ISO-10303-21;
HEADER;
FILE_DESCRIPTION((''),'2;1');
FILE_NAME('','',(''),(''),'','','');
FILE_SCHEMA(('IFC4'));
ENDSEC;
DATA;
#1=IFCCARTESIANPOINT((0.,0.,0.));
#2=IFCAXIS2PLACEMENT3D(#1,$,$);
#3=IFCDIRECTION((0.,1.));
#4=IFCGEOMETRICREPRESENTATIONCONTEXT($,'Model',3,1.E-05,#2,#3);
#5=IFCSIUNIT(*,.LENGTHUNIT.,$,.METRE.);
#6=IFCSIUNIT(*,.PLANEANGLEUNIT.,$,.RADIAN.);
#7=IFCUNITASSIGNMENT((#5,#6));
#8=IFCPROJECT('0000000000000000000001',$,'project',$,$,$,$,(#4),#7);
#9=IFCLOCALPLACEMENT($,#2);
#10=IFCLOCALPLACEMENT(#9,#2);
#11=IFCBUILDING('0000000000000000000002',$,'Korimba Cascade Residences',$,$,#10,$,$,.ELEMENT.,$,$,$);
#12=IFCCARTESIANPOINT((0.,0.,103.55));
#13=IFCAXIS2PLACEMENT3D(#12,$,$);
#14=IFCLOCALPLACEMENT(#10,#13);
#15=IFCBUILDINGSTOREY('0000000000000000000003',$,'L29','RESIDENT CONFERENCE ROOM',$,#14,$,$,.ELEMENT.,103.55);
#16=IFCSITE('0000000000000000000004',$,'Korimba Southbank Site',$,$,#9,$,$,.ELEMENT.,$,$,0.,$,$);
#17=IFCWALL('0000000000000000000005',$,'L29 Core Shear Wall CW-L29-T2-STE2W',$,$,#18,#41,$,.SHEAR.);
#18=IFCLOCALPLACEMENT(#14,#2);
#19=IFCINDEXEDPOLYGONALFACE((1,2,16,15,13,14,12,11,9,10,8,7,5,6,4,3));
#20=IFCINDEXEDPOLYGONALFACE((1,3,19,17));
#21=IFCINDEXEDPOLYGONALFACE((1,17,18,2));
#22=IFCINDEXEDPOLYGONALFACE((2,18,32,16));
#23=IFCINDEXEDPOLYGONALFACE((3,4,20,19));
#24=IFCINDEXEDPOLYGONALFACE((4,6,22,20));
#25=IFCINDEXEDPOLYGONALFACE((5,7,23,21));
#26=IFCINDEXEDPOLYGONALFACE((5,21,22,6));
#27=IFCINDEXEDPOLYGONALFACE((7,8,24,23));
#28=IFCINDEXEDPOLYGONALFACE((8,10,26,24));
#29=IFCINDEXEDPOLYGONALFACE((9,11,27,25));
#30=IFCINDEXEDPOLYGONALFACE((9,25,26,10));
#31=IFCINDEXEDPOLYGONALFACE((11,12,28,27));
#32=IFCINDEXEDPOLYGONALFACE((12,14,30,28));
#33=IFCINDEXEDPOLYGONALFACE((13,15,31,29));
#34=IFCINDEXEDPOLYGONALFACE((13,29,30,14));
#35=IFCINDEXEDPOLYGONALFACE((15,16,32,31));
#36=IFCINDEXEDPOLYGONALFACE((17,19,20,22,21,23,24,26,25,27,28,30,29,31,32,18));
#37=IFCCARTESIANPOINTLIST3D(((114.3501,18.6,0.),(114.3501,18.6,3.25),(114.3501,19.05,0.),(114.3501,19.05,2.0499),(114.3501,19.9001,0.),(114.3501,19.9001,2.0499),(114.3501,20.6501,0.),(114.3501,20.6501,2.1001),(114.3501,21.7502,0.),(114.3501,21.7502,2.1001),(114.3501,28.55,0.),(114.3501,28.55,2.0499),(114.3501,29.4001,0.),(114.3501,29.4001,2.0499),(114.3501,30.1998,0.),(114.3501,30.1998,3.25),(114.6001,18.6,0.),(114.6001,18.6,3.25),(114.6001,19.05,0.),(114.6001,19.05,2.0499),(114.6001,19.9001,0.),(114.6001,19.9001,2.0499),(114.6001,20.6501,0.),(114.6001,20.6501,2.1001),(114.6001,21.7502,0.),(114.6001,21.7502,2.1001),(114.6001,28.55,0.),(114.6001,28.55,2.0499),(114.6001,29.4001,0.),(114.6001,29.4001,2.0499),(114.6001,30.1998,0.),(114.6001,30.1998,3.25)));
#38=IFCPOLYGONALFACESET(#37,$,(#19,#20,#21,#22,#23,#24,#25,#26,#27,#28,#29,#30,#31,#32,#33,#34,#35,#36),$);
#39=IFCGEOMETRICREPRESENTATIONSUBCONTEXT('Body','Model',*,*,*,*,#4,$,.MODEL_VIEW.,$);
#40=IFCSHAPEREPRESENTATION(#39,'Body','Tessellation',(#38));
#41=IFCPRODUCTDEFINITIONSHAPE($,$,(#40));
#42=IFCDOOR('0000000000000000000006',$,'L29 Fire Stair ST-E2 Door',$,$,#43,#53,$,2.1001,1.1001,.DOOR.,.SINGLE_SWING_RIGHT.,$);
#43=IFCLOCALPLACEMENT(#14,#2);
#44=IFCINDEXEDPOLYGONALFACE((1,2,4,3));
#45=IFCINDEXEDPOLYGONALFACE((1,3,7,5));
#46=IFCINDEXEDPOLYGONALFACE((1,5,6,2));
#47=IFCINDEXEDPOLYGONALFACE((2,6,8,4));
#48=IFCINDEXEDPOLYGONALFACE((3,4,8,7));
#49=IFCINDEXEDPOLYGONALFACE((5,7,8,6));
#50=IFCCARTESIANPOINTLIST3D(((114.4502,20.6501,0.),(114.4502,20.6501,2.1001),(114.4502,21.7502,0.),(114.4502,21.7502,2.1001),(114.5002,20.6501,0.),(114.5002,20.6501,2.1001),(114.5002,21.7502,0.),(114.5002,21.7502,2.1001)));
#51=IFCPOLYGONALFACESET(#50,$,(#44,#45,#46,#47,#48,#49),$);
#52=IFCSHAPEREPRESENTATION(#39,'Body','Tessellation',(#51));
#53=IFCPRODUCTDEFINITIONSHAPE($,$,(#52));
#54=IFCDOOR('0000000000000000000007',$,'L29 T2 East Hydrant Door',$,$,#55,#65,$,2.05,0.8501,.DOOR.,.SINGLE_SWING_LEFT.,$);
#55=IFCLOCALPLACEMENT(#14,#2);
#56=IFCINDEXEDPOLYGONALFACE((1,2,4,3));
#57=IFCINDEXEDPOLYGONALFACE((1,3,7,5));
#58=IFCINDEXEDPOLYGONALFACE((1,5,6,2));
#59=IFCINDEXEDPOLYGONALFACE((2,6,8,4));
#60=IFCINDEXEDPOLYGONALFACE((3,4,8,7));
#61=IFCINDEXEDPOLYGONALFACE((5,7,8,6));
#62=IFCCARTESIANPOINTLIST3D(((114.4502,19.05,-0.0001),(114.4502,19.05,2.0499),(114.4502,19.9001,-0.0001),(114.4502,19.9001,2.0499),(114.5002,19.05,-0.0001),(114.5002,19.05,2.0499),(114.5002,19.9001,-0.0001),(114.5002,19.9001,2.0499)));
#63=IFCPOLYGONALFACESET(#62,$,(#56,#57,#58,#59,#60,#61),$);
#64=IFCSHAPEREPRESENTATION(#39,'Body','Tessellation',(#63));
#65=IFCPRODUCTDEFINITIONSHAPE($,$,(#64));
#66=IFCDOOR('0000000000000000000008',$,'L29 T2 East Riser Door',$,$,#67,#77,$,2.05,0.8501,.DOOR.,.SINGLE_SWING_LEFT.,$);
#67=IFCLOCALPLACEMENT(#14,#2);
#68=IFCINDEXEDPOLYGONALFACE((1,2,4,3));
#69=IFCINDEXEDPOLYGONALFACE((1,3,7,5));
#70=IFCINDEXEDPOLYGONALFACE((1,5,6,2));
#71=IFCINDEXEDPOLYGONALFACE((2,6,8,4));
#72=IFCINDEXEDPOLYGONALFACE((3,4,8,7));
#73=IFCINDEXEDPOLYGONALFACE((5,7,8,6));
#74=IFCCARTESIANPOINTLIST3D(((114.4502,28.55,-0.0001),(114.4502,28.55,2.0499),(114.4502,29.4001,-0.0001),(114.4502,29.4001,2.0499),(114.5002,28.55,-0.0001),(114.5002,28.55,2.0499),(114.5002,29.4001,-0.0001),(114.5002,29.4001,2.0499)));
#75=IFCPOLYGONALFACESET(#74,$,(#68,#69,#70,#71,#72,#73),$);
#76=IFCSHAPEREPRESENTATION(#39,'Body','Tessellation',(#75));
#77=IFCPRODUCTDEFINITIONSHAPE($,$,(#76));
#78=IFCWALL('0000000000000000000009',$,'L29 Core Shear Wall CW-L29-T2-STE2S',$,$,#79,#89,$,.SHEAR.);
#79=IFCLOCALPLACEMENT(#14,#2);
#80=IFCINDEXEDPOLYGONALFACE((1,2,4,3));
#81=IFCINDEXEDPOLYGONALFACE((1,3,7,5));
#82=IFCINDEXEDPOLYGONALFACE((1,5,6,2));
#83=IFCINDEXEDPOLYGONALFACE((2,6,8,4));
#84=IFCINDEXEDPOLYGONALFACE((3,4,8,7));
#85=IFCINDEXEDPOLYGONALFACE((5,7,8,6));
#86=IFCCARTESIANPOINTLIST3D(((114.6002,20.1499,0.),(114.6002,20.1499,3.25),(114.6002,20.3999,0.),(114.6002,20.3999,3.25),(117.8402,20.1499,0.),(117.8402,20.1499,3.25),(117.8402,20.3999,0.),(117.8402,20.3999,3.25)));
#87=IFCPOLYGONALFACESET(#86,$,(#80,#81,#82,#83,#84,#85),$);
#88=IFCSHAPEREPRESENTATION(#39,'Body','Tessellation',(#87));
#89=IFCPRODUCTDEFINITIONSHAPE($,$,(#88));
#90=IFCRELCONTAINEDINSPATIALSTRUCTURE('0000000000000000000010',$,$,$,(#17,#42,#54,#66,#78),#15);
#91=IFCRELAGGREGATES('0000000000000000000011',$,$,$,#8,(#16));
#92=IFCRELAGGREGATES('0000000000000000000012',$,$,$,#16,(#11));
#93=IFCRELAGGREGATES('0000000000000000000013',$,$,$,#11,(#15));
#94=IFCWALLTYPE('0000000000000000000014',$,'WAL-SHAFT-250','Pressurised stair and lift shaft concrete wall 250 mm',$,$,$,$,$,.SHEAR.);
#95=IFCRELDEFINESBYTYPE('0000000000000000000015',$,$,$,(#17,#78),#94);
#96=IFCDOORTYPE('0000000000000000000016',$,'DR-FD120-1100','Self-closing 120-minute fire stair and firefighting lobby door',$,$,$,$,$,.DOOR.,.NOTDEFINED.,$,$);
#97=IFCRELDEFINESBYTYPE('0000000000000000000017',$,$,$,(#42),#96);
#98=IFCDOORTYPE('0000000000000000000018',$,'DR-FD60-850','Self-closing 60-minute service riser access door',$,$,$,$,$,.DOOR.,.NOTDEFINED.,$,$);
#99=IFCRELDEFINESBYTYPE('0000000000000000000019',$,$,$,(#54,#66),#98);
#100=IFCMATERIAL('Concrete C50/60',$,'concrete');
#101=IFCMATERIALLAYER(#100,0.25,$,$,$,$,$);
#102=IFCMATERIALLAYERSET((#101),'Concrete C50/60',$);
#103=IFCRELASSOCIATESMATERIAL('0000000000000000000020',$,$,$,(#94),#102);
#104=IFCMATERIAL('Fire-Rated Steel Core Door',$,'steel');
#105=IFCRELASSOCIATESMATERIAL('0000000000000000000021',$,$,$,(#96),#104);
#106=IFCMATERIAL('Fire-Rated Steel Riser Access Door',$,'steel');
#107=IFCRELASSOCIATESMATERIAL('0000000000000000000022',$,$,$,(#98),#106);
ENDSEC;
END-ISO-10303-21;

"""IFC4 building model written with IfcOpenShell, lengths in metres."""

from ifc_helpers import new_model, si_unit, direction, frame, frame_2d, origin, place, context, subcontext, project, spatial, rectangle, extrude, material, layer, layer_set, type_object, element, fill, save


model = new_model("IFC4")

# Units and contexts
model_context = context("Model", 3, precision=1e-05, world=origin(), true_north=direction((0.0, 1.0)))
body_context = subcontext(model_context, "Body", "Model", "MODEL_VIEW")
ifc_project = project(units=[si_unit("LENGTHUNIT", "METRE"), si_unit("PLANEANGLEUNIT", "RADIAN")], contexts=[model_context])

# Site, building, storey
site_placement = place(None, origin())
site = spatial("IfcSite", under=ifc_project, at=site_placement, Name="Korimba Southbank Site", CompositionType="ELEMENT", RefElevation=0.0)
building_placement = place(site_placement, origin())
building = spatial("IfcBuilding", under=site, at=building_placement, Name="Korimba Cascade Residences", CompositionType="ELEMENT")
storey_placement = place(building_placement, frame((0.0, 0.0, 103.55)))
storey = spatial("IfcBuildingStorey", under=building, at=storey_placement, Name="L29", Description="RESIDENT CONFERENCE ROOM", CompositionType="ELEMENT", Elevation=103.55)

# Wall, openings, doors
ifc_material_1 = material(Name="Concrete C50/60", Category="concrete")
ifc_layer_1 = layer(ifc_material_1, 0.25)
ifc_layer_set_1 = layer_set([ifc_layer_1], Name="Concrete C50/60")
wall_type_1 = type_object("IfcWallType", Name="WAL-SHAFT-250", Description="Pressurised stair and lift shaft concrete wall 250 mm", PredefinedType="SHEAR", material=ifc_layer_set_1)
wall_1_placement = place(storey_placement, frame((114.4751, 18.6001, 0.0), z_axis=(0.0, 0.0, 1.0), x_axis=(0.0, 1.0, 0.0)))
wall_1 = element("IfcWall", 1, at=wall_1_placement, inside=storey, type_object=wall_type_1, Name="L29 Core Shear Wall CW-L29-T2-STE2W", PredefinedType="SHEAR", context=body_context, shape_type="SweptSolid", body=[
    extrude(rectangle(XDim=11.5999, YDim=0.25, at=frame_2d((5.7998, 0.0))), origin(), (0.0, 0.0, 1.0), 3.25),
])
opening_1_placement = place(wall_1_placement, frame((0.45, 0.0, 0.0)))
opening_1 = element("IfcOpeningElement", 2, at=opening_1_placement, cuts=wall_1, PredefinedType="OPENING", context=body_context, shape_type="SweptSolid", body=[
    extrude(rectangle(XDim=0.8501, YDim=2.05, at=frame_2d((0.425, 1.0249))), frame((0.0, 0.135, 0.0), z_axis=(0.0, -1.0, 0.0), x_axis=(1.0, 0.0, 0.0)), (0.0, 0.0, 1.0), 0.27),
])
opening_2_placement = place(wall_1_placement, frame((2.05, 0.0, 0.0)))
opening_2 = element("IfcOpeningElement", 3, at=opening_2_placement, cuts=wall_1, PredefinedType="OPENING", context=body_context, shape_type="SweptSolid", body=[
    extrude(rectangle(XDim=1.1001, YDim=2.1001, at=frame_2d((0.55, 1.05))), frame((0.0, 0.135, 0.0), z_axis=(0.0, -1.0, 0.0), x_axis=(1.0, 0.0, 0.0)), (0.0, 0.0, 1.0), 0.27),
])
opening_3_placement = place(wall_1_placement, frame((9.95, 0.0, 0.0)))
opening_3 = element("IfcOpeningElement", 4, at=opening_3_placement, cuts=wall_1, PredefinedType="OPENING", context=body_context, shape_type="SweptSolid", body=[
    extrude(rectangle(XDim=0.8501, YDim=2.05, at=frame_2d((0.425, 1.0249))), frame((0.0, 0.135, 0.0), z_axis=(0.0, -1.0, 0.0), x_axis=(1.0, 0.0, 0.0)), (0.0, 0.0, 1.0), 0.27),
])
ifc_material_2 = material(Name="Fire-Rated Steel Core Door", Category="steel")
door_type_1 = type_object("IfcDoorType", Name="DR-FD120-1100", Description="Self-closing 120-minute fire stair and firefighting lobby door", OperationType="NOTDEFINED", PredefinedType="DOOR", material=ifc_material_2)
door_1_placement = place(opening_2_placement, origin())
door_1 = element("IfcDoor", 5, at=door_1_placement, inside=storey, type_object=door_type_1, Name="L29 Fire Stair ST-E2 Door", OperationType="SINGLE_SWING_RIGHT", OverallHeight=2.1001, OverallWidth=1.1001, PredefinedType="DOOR", context=body_context, shape_type="SweptSolid", body=[
    extrude(rectangle(XDim=1.1001, YDim=2.1001, at=frame_2d((0.55, 1.05))), frame((0.0, 0.0249, 0.0), z_axis=(0.0, -1.0, 0.0), x_axis=(1.0, 0.0, 0.0)), (0.0, 0.0, 1.0), 0.05),
])
fill(opening_2, door_1)
ifc_material_3 = material(Name="Fire-Rated Steel Riser Access Door", Category="steel")
door_type_2 = type_object("IfcDoorType", Name="DR-FD60-850", Description="Self-closing 60-minute service riser access door", OperationType="NOTDEFINED", PredefinedType="DOOR", material=ifc_material_3)
door_2_placement = place(opening_1_placement, origin())
door_2 = element("IfcDoor", 6, at=door_2_placement, inside=storey, type_object=door_type_2, Name="L29 T2 East Hydrant Door", OperationType="SINGLE_SWING_LEFT", OverallHeight=2.05, OverallWidth=0.8501, PredefinedType="DOOR", context=body_context, shape_type="SweptSolid", body=[
    extrude(rectangle(XDim=0.8501, YDim=2.05, at=frame_2d((0.425, 1.0249))), frame((0.0, 0.0249, 0.0), z_axis=(0.0, -1.0, 0.0), x_axis=(1.0, 0.0, 0.0)), (0.0, 0.0, 1.0), 0.05),
])
fill(opening_1, door_2)
door_3_placement = place(opening_3_placement, origin())
door_3 = element("IfcDoor", 7, at=door_3_placement, inside=storey, type_object=door_type_2, Name="L29 T2 East Riser Door", OperationType="SINGLE_SWING_LEFT", OverallHeight=2.05, OverallWidth=0.8501, PredefinedType="DOOR", context=body_context, shape_type="SweptSolid", body=[
    extrude(rectangle(XDim=0.8501, YDim=2.05, at=frame_2d((0.425, 1.0249))), frame((0.0, 0.0249, 0.0), z_axis=(0.0, -1.0, 0.0), x_axis=(1.0, 0.0, 0.0)), (0.0, 0.0, 1.0), 0.05),
])
fill(opening_3, door_3)

# Wall
wall_2_placement = place(storey_placement, frame((114.6001, 20.2749, 0.0), z_axis=(0.0, 0.0, 1.0), x_axis=(1.0, 0.0, 0.0)))
element("IfcWall", 8, at=wall_2_placement, inside=storey, type_object=wall_type_1, Name="L29 Core Shear Wall CW-L29-T2-STE2S", PredefinedType="SHEAR", context=body_context, shape_type="SweptSolid", body=[
    extrude(rectangle(XDim=3.24, YDim=0.25, at=frame_2d((1.6201, 0.0))), origin(), (0.0, 0.0, 1.0), 3.25),
])

save(model, "model.ifc")
